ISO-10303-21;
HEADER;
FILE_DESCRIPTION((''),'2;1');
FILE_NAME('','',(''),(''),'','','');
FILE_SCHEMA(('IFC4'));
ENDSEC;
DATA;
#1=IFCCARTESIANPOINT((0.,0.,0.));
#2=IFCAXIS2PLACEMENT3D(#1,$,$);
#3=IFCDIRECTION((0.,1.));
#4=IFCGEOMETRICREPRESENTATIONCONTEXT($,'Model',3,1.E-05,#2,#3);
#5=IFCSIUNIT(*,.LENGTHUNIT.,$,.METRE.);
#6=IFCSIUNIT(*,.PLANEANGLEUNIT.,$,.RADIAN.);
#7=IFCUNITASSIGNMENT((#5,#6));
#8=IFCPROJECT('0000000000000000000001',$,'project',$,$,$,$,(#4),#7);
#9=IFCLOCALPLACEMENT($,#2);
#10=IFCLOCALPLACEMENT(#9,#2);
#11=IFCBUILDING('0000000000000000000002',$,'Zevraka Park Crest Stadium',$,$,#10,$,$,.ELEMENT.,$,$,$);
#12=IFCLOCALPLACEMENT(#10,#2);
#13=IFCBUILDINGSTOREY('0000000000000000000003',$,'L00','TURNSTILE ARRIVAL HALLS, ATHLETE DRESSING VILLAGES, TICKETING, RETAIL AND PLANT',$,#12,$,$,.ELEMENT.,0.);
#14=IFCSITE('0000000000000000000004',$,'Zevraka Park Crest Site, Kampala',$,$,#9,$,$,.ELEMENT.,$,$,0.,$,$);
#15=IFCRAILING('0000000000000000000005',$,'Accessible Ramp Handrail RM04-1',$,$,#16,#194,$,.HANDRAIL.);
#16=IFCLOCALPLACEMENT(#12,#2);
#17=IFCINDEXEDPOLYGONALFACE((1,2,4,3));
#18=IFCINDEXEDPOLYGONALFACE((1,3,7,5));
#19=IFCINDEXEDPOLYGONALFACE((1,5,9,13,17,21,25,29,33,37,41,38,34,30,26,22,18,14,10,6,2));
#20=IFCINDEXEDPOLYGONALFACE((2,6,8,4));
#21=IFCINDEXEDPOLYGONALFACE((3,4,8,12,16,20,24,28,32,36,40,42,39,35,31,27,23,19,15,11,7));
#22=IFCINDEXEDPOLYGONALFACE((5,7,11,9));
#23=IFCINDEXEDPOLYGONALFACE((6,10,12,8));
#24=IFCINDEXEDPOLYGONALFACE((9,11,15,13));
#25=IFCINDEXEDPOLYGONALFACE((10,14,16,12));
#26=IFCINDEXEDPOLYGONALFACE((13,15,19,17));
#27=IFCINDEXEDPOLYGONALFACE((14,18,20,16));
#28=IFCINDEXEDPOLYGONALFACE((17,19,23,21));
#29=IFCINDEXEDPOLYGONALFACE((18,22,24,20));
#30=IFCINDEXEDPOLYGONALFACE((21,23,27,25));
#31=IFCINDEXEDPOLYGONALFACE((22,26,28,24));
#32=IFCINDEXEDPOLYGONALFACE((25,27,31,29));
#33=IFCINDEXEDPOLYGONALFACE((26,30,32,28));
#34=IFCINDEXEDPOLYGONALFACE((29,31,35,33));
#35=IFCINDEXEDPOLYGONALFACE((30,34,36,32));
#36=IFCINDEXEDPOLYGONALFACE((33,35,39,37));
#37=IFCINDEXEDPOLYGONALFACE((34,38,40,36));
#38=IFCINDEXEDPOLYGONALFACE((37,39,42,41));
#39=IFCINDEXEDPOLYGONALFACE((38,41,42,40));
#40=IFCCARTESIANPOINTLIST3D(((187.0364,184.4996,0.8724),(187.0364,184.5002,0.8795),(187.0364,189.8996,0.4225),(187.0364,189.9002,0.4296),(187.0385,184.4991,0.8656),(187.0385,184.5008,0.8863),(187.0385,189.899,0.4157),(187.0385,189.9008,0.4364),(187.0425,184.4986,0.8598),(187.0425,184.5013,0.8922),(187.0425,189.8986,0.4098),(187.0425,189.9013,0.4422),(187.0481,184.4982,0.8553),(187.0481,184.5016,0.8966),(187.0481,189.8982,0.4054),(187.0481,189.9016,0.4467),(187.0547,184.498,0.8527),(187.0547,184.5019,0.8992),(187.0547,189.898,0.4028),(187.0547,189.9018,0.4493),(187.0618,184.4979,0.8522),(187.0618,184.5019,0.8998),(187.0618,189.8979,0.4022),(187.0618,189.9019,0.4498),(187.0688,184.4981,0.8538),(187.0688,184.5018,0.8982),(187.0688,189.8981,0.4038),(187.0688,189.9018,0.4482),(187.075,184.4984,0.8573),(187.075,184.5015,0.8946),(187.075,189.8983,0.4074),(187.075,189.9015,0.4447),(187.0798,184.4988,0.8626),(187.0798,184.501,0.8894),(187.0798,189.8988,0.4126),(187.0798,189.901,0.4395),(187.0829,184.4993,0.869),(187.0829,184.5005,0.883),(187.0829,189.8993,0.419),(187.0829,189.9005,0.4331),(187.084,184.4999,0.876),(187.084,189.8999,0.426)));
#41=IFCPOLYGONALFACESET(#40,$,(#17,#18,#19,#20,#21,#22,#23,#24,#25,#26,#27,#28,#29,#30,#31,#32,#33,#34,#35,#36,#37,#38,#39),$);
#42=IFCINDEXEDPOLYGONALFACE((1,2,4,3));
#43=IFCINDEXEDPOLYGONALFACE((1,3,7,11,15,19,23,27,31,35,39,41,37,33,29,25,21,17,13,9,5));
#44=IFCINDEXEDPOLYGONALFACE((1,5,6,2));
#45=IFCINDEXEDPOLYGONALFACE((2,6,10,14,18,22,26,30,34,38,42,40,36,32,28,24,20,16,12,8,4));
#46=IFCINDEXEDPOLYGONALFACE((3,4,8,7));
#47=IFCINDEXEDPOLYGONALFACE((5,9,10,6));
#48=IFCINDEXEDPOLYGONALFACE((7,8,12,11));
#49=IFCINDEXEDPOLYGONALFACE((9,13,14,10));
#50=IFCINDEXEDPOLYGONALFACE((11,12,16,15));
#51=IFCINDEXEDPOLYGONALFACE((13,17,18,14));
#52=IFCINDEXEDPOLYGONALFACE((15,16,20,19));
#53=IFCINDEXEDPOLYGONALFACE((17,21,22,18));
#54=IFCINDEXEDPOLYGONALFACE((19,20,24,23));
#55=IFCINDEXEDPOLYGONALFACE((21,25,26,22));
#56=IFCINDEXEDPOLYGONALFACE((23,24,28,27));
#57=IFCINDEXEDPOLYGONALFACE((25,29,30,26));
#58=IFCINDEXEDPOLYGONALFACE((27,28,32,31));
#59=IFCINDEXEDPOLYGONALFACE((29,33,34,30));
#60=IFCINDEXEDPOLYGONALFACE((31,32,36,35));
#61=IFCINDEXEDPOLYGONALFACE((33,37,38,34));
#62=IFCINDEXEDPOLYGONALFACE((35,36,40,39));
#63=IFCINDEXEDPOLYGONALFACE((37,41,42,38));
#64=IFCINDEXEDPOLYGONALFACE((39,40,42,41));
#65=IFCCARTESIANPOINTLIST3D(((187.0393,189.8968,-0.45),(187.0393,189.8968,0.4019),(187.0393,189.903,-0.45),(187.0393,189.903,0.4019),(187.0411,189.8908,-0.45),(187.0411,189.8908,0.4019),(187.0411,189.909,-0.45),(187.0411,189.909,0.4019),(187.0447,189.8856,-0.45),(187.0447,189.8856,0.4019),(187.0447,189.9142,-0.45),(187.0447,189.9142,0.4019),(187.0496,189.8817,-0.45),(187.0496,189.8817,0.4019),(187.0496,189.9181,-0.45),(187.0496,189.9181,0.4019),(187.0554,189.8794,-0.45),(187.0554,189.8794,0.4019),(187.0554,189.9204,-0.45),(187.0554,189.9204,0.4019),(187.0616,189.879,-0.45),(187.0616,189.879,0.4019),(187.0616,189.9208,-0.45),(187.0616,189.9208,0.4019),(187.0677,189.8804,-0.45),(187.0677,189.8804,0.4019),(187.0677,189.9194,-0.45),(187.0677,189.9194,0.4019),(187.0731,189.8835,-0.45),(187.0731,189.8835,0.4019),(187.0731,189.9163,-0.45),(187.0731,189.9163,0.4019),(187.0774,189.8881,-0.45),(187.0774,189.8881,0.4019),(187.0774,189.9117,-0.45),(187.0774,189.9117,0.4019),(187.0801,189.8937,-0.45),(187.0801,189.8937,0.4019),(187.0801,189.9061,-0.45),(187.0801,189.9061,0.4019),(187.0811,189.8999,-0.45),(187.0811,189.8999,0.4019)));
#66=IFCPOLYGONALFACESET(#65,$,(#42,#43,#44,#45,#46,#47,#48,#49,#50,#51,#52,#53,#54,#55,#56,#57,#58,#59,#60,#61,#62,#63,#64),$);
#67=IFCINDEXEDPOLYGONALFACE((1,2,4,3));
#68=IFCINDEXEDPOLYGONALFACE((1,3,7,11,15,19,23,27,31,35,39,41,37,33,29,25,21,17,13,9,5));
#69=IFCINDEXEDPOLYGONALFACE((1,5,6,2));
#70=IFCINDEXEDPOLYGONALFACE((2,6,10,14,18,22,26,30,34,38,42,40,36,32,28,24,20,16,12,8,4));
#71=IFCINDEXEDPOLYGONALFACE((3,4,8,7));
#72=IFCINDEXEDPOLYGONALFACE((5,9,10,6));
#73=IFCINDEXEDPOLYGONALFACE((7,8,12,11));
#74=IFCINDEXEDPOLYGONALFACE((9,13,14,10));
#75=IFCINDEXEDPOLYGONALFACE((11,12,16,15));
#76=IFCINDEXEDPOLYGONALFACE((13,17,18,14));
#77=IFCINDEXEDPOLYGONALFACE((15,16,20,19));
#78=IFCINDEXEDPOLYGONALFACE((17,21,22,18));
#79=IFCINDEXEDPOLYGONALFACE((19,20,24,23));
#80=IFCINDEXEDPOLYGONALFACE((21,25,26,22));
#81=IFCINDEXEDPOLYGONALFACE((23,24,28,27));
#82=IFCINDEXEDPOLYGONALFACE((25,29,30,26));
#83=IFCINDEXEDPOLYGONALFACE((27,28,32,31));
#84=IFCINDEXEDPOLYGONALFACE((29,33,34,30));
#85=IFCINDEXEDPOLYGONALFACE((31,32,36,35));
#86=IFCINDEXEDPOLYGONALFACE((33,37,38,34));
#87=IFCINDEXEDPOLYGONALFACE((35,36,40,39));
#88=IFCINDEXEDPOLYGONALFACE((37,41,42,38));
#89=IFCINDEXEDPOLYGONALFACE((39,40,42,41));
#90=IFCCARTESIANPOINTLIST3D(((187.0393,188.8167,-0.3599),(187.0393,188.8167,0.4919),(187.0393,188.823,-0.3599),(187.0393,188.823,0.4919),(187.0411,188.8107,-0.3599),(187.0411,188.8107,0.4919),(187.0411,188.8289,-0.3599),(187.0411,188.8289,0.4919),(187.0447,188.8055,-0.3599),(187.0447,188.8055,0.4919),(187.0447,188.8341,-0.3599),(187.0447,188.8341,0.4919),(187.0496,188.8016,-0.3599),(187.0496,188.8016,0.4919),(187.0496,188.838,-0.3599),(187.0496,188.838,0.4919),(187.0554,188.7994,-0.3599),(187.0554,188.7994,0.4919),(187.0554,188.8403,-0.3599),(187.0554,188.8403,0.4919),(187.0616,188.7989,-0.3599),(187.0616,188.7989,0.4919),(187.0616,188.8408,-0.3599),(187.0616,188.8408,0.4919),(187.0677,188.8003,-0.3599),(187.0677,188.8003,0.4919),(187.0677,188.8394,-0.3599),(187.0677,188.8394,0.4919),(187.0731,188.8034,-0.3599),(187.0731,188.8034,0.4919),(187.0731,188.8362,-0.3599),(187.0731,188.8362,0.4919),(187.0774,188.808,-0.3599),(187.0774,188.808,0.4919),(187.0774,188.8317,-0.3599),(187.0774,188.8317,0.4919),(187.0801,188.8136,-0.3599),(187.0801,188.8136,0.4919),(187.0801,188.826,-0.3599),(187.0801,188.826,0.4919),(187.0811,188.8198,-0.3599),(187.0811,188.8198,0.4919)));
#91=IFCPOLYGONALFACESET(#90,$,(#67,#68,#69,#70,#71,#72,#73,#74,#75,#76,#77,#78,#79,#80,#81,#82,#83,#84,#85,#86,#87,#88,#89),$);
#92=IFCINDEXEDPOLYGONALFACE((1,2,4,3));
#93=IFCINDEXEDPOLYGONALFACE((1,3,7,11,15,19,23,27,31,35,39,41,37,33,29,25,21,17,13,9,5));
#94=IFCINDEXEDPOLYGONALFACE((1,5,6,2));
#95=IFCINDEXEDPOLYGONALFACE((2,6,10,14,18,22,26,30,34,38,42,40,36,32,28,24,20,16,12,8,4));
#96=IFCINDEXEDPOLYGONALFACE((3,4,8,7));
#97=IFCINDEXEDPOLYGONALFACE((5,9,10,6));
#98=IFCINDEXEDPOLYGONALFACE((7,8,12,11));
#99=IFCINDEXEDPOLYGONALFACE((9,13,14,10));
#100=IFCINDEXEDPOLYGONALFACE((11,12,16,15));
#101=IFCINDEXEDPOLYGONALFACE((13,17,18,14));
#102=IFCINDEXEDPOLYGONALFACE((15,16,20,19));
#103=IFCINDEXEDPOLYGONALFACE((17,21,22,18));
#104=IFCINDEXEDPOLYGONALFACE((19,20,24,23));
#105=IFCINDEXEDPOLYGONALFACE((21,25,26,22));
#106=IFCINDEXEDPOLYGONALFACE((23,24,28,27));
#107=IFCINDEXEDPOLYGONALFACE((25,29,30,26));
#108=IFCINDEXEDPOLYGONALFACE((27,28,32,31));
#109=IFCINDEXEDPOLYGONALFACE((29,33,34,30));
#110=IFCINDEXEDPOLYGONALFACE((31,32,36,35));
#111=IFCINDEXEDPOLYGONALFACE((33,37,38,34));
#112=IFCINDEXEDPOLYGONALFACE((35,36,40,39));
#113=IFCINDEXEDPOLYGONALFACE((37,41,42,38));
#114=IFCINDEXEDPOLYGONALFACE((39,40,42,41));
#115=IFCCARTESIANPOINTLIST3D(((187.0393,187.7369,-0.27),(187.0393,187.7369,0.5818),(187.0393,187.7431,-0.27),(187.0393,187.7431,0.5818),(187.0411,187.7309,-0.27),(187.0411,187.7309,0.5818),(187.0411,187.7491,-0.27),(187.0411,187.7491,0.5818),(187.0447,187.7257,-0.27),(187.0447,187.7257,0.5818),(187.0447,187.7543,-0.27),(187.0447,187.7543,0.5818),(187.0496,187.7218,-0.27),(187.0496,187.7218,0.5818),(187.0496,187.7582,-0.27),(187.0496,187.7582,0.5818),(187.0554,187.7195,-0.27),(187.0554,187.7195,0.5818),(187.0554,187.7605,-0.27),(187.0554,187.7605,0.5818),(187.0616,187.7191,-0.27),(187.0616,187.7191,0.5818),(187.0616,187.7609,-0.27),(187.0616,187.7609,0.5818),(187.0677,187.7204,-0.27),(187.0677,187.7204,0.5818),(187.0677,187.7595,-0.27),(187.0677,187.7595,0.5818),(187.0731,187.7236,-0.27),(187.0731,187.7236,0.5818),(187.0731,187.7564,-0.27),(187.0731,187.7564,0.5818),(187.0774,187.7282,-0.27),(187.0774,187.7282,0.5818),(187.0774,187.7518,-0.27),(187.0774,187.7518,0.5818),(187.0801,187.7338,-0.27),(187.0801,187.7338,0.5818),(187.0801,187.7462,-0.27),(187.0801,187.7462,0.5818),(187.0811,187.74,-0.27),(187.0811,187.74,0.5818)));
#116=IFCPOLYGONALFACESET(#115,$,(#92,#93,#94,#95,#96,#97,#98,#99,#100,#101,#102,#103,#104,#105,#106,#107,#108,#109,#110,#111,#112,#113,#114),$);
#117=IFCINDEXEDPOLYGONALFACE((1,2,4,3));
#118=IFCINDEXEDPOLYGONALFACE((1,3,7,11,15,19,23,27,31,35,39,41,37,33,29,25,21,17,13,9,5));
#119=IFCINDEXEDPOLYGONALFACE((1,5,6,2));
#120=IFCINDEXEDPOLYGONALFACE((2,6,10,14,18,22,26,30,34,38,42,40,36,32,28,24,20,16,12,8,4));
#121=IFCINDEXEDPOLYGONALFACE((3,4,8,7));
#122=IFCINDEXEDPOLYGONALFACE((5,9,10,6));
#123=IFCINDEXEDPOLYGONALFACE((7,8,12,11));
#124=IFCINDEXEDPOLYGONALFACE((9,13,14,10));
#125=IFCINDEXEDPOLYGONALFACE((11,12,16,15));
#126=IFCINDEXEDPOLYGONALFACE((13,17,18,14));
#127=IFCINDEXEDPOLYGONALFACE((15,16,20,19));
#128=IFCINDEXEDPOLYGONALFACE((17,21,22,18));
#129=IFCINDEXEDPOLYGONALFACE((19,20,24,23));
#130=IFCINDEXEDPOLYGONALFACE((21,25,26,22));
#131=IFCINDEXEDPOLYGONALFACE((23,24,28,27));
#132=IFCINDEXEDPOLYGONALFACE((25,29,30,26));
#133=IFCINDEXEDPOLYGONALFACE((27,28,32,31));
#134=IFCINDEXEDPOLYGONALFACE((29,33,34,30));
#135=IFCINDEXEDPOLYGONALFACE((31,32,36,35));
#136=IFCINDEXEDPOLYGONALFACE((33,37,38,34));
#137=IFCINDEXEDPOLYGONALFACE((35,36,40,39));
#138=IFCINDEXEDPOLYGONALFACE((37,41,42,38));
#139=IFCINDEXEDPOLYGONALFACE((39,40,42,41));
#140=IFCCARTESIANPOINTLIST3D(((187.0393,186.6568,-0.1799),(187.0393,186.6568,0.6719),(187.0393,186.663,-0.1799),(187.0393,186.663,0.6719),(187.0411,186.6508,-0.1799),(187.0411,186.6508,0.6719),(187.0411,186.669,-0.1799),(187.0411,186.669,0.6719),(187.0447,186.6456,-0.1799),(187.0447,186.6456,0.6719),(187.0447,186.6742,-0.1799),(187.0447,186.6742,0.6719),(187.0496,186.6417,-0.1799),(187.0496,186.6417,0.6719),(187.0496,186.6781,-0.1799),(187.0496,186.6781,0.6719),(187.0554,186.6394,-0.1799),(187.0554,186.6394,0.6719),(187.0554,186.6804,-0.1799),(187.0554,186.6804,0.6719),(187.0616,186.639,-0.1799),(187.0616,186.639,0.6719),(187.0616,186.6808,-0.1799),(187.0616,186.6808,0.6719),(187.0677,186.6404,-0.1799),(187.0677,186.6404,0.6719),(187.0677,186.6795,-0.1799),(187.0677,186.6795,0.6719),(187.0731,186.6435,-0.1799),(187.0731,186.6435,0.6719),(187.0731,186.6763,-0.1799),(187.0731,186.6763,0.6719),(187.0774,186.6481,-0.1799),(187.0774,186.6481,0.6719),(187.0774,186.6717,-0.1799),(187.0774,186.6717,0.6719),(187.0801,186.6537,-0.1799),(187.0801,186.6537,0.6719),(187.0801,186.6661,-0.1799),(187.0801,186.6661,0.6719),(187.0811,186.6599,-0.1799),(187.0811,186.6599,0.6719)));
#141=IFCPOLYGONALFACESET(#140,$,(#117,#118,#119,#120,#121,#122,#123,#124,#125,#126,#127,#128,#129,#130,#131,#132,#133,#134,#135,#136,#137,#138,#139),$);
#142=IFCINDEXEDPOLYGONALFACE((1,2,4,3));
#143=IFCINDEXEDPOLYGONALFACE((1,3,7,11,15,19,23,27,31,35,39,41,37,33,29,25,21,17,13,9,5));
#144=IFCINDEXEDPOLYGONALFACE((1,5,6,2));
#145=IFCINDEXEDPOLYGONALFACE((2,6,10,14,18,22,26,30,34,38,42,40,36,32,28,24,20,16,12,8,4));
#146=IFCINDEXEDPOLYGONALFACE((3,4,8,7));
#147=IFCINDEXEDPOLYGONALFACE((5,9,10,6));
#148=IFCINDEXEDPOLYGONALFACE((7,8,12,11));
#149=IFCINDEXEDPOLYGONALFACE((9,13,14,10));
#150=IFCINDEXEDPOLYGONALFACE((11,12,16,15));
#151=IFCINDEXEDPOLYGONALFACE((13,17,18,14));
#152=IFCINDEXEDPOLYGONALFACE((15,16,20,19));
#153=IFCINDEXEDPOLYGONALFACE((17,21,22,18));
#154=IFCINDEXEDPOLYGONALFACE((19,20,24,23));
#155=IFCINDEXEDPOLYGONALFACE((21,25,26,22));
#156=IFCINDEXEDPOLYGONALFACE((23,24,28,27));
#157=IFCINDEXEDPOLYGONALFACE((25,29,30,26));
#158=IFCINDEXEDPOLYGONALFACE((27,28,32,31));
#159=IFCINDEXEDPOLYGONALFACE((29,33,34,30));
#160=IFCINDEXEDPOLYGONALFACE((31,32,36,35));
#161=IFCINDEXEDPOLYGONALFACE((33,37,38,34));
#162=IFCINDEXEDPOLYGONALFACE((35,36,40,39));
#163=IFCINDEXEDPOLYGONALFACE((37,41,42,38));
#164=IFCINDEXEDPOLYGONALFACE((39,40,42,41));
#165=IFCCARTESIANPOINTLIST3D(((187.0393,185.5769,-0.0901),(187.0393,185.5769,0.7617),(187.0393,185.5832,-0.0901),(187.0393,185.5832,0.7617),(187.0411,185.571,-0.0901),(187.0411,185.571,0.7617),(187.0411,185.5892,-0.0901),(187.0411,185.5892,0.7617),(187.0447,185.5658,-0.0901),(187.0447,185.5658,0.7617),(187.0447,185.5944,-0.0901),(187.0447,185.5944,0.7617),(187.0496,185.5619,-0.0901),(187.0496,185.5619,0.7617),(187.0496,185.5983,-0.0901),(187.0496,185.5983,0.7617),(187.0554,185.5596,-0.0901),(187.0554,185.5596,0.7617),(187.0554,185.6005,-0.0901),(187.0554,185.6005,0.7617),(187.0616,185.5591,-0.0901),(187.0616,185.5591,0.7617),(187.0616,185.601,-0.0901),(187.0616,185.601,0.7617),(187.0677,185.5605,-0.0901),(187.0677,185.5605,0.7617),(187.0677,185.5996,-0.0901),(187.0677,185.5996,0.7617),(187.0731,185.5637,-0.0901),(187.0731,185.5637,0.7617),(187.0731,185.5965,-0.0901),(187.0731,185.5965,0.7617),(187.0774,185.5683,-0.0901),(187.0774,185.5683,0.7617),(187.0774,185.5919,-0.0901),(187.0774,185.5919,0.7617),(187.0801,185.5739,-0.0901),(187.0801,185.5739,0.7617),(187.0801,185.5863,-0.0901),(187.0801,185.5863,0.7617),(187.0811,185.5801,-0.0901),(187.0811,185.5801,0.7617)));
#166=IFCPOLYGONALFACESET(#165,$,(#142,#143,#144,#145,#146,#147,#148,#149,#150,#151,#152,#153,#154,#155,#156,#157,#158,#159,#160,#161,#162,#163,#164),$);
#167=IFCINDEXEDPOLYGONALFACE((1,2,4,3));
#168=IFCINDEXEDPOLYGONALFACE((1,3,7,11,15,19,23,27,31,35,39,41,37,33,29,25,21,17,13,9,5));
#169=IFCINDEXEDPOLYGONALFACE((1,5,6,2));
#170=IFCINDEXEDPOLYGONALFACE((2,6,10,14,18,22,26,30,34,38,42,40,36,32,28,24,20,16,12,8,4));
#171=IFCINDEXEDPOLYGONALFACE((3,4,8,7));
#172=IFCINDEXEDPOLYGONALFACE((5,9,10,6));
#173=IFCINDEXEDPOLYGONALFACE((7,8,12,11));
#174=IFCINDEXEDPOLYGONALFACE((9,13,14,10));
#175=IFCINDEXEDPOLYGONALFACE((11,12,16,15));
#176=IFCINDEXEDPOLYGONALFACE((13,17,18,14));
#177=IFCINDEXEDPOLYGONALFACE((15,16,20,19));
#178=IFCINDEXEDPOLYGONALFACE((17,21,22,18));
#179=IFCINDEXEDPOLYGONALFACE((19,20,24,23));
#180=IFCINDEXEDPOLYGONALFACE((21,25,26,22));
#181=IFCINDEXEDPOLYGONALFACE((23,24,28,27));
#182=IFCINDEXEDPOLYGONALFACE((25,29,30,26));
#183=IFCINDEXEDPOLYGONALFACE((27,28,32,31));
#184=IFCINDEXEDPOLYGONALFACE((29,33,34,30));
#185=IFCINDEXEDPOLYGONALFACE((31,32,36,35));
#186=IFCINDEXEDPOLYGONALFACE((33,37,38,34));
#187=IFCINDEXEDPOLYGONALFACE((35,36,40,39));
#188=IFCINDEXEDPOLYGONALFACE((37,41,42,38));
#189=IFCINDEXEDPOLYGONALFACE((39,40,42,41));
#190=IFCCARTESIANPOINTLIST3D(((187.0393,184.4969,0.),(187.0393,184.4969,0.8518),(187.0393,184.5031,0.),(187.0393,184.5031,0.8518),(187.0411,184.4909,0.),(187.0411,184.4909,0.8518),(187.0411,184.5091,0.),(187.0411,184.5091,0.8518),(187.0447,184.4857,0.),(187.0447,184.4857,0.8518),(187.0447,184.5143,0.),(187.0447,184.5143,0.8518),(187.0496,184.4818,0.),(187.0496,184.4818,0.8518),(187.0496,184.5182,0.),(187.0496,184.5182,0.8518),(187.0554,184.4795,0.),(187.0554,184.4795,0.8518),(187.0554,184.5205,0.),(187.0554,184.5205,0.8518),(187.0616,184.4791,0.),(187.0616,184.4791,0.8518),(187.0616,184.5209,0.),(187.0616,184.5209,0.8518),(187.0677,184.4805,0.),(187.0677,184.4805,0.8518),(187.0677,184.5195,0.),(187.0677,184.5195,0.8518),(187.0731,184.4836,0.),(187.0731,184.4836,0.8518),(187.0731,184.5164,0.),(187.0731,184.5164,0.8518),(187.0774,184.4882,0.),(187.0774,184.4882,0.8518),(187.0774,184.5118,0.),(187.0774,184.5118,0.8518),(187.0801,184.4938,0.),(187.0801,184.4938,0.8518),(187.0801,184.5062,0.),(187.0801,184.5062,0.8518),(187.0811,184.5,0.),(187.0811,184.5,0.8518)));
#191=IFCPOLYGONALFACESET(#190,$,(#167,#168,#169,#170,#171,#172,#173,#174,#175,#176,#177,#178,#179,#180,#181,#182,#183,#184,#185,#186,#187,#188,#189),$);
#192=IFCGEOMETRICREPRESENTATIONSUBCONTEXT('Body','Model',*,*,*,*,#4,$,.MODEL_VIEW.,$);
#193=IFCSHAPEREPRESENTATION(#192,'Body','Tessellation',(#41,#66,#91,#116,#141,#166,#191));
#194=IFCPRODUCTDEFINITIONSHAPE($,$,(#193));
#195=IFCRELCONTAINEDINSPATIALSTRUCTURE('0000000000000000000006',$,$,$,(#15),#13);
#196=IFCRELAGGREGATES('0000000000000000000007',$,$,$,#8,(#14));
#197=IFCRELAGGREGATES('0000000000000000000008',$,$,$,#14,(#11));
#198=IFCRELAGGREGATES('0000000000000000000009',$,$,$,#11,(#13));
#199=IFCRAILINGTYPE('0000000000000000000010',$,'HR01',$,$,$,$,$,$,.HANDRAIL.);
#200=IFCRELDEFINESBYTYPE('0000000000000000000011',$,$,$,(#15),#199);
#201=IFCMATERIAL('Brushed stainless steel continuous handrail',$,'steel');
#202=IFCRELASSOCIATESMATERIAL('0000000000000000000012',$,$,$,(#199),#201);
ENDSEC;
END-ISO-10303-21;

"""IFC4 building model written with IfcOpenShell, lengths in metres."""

from ifc_helpers import new_model, si_unit, direction, frame, origin, origin_2d, place, context, subcontext, project, spatial, circle, extrude, material, type_object, element, save


model = new_model("IFC4")

# Units and contexts
model_context = context("Model", 3, precision=1e-05, world=origin(), true_north=direction((0.0, 1.0)))
body_context = subcontext(model_context, "Body", "Model", "MODEL_VIEW")
ifc_project = project(units=[si_unit("LENGTHUNIT", "METRE"), si_unit("PLANEANGLEUNIT", "RADIAN")], contexts=[model_context])

# Site, building, storey
site_placement = place(None, origin())
site = spatial("IfcSite", under=ifc_project, at=site_placement, Name="Zevraka Park Crest Site, Kampala", CompositionType="ELEMENT", RefElevation=0.0)
building_placement = place(site_placement, origin())
building = spatial("IfcBuilding", under=site, at=building_placement, Name="Zevraka Park Crest Stadium", CompositionType="ELEMENT")
storey_placement = place(building_placement, origin())
storey = spatial("IfcBuildingStorey", under=building, at=storey_placement, Name="L00", Description="TURNSTILE ARRIVAL HALLS, ATHLETE DRESSING VILLAGES, TICKETING, RETAIL AND PLANT", CompositionType="ELEMENT", Elevation=0.0)

# Railing
ifc_material_1 = material(Name="Brushed stainless steel continuous handrail", Category="steel")
railing_type = type_object("IfcRailingType", Name="HR01", PredefinedType="HANDRAIL", material=ifc_material_1)
for number, where, name in (
    (1, (187.0601, 189.8999, -0.45), "Accessible Ramp Handrail RM04-1"),
):
    element("IfcRailing", number, at=place(storey_placement, frame(where)), inside=storey, type_object=railing_type, Name=name, PredefinedType="HANDRAIL", context=body_context, shape_type="SweptSolid", body=[
        extrude(circle(Radius=0.0239, at=origin_2d()), frame((0.0, 0.0, 0.876), z_axis=(0.0, -0.996546, 0.083038), x_axis=(1.0, 0.0, 0.0)), (0.0, 0.0, 1.0), 5.4187),
        extrude(circle(Radius=0.021, at=origin_2d()), origin(), (0.0, 0.0, 1.0), 0.8518),
        extrude(circle(Radius=0.021, at=origin_2d()), frame((0.0, -1.0801, 0.0901)), (0.0, 0.0, 1.0), 0.8518),
        extrude(circle(Radius=0.021, at=origin_2d()), frame((0.0, -2.1599, 0.1799)), (0.0, 0.0, 1.0), 0.8518),
        extrude(circle(Radius=0.021, at=origin_2d()), frame((0.0, -3.24, 0.27)), (0.0, 0.0, 1.0), 0.8518),
        extrude(circle(Radius=0.021, at=origin_2d()), frame((0.0, -4.3198, 0.3599)), (0.0, 0.0, 1.0), 0.8518),
        extrude(circle(Radius=0.021, at=origin_2d()), frame((0.0, -5.3999, 0.45)), (0.0, 0.0, 1.0), 0.8518),
    ])

save(model, "model.ifc")
